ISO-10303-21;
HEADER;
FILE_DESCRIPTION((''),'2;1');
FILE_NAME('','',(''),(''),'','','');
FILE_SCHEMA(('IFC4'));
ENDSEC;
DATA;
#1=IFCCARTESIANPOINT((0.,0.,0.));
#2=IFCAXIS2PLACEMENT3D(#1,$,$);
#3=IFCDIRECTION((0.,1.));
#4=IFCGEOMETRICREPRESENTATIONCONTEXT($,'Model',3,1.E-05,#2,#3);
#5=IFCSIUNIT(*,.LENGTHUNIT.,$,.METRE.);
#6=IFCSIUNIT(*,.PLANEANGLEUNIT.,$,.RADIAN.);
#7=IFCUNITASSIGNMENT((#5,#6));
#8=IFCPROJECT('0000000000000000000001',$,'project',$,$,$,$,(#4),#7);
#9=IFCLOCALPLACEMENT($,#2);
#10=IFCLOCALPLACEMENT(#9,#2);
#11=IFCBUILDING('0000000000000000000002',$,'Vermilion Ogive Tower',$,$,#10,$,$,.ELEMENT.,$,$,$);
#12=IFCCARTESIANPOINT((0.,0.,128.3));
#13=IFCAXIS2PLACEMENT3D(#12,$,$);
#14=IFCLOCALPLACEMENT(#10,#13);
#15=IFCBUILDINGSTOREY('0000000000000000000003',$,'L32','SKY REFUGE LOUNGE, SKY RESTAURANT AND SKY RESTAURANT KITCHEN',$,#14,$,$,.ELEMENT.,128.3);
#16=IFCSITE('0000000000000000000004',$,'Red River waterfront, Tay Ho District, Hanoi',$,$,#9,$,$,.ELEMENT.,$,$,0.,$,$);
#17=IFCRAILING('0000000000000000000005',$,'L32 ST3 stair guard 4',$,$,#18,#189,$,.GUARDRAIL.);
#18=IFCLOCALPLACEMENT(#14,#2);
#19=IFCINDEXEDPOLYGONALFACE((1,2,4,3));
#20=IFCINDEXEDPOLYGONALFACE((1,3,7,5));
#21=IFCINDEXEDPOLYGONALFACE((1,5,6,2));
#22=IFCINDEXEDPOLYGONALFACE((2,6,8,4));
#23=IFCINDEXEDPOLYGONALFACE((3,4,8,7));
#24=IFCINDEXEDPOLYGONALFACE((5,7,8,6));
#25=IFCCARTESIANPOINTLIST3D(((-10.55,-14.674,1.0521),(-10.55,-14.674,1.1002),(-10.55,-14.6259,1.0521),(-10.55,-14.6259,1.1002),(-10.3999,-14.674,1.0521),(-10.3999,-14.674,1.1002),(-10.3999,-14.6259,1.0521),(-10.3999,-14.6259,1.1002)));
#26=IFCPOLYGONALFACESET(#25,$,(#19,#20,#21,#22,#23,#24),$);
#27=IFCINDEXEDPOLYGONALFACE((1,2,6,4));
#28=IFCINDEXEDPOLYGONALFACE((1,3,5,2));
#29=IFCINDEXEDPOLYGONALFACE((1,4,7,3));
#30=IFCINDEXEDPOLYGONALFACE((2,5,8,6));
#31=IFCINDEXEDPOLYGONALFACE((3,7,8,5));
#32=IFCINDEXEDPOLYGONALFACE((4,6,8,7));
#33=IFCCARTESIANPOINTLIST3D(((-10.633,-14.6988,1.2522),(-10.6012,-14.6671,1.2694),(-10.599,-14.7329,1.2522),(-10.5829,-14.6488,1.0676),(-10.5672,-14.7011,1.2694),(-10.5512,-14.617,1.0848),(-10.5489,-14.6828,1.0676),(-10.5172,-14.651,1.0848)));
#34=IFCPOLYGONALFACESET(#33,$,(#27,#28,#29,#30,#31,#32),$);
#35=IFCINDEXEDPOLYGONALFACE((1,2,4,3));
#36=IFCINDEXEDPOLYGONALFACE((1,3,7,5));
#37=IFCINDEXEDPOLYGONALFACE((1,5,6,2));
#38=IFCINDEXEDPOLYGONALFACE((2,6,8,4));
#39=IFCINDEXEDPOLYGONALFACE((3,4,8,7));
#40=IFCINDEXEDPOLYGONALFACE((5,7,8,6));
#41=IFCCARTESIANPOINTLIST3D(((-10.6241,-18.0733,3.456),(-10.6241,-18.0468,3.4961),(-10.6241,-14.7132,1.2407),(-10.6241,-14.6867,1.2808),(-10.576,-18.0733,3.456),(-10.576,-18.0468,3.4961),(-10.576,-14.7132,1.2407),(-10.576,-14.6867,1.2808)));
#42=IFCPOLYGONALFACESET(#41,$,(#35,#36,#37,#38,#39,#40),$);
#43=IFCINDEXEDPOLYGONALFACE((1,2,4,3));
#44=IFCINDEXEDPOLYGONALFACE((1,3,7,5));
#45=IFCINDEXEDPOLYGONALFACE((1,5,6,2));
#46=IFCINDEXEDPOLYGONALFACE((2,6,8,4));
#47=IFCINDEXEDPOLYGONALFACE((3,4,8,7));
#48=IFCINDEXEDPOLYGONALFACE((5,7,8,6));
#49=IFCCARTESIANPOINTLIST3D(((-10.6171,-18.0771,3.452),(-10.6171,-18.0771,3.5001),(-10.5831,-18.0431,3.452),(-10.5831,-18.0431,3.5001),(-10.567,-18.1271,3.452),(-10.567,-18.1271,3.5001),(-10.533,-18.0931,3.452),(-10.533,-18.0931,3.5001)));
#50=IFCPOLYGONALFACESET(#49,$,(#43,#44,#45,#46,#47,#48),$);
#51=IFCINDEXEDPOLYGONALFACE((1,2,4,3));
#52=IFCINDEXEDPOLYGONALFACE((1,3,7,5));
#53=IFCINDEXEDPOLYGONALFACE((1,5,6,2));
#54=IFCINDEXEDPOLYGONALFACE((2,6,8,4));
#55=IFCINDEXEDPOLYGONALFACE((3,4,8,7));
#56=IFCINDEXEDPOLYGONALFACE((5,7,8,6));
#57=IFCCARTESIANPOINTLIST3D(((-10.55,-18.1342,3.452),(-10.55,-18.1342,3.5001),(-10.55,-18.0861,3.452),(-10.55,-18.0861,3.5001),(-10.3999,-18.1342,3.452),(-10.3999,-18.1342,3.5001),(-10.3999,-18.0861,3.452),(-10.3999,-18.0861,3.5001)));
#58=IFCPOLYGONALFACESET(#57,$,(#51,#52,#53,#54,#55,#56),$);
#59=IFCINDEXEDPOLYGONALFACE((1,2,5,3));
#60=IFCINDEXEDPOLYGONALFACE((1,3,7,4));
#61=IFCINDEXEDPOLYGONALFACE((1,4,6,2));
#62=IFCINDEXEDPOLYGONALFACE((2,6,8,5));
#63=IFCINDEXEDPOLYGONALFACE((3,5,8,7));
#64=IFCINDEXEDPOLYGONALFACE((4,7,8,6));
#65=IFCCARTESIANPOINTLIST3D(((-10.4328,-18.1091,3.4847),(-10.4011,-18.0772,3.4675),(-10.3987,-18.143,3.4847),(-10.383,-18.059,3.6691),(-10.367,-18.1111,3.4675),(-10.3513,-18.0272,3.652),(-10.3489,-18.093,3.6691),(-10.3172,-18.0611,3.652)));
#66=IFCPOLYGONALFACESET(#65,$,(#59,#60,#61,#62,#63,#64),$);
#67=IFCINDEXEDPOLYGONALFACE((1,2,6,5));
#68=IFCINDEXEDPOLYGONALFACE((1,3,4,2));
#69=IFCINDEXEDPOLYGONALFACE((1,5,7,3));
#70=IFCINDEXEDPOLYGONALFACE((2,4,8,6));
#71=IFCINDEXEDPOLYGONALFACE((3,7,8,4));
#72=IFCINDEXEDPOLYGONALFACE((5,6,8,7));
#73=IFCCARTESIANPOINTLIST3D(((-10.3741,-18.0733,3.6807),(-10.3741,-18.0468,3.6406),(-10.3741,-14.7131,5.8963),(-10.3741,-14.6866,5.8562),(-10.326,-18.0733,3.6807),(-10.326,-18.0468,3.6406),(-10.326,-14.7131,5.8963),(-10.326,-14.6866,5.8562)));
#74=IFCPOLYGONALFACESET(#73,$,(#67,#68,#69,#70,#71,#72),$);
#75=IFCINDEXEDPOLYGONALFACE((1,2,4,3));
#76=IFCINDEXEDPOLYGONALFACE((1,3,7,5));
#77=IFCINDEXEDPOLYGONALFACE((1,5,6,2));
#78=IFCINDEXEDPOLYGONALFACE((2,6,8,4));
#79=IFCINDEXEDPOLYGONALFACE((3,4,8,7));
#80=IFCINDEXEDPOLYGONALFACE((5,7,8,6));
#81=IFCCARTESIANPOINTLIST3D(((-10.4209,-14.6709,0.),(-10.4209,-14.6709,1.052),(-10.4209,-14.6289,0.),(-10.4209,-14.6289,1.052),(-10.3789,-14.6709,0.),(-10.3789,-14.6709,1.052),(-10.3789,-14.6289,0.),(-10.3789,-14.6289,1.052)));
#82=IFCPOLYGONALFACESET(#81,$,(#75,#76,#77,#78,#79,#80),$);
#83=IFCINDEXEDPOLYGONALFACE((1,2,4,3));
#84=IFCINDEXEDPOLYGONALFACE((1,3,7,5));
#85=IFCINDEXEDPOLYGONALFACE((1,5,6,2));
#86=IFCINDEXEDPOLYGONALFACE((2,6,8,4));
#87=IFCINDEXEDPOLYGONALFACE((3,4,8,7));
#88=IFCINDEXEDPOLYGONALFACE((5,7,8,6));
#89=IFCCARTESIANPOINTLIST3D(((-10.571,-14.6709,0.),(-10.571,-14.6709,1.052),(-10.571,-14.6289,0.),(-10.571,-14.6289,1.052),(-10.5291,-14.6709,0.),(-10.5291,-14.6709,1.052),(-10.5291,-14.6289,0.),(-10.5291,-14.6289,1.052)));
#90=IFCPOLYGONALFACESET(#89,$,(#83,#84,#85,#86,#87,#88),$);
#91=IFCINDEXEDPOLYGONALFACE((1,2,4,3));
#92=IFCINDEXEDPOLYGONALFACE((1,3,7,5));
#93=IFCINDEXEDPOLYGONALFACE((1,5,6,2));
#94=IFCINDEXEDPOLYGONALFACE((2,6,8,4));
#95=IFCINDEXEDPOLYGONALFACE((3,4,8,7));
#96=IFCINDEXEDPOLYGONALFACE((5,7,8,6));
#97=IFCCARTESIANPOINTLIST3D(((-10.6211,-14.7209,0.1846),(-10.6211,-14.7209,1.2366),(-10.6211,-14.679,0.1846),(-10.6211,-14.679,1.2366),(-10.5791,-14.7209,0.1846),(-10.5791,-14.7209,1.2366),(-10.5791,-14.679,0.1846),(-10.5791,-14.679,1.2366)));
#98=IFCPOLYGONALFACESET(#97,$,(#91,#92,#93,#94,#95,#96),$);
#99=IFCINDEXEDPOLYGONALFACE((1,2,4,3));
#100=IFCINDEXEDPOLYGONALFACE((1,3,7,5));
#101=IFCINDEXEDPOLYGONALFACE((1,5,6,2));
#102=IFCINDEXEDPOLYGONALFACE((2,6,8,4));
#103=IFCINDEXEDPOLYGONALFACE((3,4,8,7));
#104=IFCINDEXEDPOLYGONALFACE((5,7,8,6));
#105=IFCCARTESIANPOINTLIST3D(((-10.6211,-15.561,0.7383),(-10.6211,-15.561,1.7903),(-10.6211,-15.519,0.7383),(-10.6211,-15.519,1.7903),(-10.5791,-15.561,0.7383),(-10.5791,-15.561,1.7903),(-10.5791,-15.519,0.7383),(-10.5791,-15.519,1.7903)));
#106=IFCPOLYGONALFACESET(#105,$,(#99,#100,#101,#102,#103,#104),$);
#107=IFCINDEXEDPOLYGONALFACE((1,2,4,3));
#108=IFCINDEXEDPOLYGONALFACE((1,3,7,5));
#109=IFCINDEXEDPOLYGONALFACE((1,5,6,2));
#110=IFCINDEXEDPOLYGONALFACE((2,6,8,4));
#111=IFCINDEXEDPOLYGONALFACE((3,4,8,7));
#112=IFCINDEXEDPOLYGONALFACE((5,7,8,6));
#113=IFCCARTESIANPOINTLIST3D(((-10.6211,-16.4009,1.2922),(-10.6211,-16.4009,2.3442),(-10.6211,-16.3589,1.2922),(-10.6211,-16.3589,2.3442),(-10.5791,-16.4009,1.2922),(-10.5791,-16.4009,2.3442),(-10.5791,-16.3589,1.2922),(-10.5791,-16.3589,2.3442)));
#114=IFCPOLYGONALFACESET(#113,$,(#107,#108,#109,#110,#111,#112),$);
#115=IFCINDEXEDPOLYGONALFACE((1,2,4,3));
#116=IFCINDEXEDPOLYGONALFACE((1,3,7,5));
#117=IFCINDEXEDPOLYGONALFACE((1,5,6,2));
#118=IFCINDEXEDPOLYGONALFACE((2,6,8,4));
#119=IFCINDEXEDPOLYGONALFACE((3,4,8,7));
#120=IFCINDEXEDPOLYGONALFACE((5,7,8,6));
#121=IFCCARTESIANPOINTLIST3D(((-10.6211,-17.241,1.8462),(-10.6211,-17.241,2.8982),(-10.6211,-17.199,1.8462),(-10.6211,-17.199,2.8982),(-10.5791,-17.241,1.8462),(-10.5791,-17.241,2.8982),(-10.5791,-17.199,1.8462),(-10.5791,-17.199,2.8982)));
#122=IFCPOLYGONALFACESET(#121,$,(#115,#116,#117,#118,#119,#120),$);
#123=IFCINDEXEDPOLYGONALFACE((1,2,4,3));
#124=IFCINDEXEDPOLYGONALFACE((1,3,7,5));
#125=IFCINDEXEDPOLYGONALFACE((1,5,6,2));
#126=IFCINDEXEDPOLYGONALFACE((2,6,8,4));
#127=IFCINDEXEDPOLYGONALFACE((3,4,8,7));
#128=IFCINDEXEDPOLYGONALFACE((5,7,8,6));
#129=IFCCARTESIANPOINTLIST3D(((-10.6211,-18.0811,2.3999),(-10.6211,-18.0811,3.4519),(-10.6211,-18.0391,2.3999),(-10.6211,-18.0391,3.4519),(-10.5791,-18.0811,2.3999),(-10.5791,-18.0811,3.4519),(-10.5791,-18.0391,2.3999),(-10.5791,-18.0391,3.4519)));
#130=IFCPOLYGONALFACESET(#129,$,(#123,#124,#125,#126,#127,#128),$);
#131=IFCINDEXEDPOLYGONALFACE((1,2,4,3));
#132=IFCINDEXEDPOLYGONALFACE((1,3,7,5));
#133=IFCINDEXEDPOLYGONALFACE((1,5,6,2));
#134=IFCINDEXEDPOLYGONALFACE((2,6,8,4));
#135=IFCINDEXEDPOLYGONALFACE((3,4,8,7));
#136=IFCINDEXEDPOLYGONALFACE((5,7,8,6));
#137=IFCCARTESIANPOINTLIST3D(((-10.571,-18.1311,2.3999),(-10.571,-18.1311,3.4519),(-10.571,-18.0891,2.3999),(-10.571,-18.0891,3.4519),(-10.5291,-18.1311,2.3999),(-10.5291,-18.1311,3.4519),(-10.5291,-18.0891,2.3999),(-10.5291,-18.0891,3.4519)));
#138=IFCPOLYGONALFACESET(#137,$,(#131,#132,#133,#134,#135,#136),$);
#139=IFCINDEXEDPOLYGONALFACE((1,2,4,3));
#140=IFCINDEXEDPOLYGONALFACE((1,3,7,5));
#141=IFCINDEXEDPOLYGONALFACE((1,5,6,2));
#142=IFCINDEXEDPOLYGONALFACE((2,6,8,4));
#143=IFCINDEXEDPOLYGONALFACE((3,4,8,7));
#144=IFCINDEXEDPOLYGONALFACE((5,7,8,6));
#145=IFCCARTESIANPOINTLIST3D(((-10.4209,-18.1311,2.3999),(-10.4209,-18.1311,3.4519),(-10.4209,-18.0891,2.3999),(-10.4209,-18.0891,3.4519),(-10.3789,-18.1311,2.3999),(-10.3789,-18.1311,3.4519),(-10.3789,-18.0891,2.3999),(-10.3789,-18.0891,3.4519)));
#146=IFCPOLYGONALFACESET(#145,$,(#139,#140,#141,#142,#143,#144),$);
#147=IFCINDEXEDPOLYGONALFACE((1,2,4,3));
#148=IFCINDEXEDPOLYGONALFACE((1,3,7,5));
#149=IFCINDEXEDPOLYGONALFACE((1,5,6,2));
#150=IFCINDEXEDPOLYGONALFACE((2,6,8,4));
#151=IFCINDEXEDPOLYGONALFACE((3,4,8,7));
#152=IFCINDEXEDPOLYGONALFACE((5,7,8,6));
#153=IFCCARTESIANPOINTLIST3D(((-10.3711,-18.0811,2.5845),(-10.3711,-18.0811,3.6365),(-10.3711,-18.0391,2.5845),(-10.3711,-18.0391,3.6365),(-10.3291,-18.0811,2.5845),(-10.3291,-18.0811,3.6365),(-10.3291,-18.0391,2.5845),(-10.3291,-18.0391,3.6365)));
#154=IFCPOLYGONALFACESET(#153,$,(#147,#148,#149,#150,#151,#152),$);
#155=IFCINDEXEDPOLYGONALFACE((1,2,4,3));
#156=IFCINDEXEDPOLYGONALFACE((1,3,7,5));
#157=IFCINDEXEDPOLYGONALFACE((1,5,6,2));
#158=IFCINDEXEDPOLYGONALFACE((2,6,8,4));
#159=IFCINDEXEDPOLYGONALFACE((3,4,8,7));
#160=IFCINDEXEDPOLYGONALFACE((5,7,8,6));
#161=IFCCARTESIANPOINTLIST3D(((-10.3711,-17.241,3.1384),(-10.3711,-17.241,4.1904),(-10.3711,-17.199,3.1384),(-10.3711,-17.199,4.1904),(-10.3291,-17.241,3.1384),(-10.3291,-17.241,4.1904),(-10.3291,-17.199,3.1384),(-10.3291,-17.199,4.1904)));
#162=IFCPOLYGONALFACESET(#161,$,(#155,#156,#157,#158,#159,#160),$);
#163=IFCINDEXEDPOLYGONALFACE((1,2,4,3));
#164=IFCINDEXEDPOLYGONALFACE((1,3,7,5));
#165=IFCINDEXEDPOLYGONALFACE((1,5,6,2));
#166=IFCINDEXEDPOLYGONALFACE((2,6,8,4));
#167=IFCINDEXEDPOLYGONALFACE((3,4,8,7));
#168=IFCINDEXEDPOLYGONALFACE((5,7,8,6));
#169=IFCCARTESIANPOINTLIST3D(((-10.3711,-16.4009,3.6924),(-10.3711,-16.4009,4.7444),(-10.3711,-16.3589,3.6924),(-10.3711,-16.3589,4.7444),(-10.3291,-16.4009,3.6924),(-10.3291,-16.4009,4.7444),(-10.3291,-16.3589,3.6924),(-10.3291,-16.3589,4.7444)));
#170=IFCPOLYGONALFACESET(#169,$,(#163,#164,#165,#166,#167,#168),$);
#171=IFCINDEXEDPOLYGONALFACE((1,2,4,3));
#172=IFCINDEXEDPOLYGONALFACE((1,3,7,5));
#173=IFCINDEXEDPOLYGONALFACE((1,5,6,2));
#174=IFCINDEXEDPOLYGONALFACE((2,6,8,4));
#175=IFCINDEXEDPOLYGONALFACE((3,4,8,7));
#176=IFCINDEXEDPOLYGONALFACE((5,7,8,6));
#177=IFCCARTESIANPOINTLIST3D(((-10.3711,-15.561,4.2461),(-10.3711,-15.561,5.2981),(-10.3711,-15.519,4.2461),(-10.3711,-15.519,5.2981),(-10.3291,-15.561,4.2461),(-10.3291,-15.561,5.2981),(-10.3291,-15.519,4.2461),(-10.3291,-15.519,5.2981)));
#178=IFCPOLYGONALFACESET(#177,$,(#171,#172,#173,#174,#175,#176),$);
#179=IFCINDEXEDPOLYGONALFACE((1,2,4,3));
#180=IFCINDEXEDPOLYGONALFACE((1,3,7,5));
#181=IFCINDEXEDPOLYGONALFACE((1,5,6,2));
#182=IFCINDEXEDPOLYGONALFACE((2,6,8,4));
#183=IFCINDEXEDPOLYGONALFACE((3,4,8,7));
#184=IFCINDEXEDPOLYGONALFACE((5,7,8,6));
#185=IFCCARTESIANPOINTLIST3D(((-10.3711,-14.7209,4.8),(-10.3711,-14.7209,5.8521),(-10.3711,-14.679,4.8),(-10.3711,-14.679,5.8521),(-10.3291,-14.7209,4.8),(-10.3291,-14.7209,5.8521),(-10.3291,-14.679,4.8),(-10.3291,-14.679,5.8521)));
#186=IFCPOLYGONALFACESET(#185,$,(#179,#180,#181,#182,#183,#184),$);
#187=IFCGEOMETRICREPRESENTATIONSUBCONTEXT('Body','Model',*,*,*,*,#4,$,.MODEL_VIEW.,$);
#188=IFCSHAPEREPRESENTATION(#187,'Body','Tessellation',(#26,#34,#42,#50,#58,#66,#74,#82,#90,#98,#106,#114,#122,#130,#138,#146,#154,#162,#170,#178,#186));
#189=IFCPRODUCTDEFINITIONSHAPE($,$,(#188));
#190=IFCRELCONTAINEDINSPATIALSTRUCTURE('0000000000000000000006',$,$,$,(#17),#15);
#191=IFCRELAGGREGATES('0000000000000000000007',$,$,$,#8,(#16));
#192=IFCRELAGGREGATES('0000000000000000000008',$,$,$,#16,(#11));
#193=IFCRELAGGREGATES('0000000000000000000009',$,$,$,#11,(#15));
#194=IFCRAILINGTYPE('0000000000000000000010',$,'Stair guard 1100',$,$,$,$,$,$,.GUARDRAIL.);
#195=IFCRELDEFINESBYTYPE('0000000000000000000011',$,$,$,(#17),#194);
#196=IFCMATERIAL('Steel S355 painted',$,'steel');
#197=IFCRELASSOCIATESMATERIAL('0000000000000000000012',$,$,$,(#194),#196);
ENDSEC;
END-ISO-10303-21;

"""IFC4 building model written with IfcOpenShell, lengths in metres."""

from ifc_helpers import new_model, si_unit, direction, frame, origin, origin_2d, place, context, subcontext, project, spatial, rectangle, extrude, material, type_object, element, save


model = new_model("IFC4")

# Units and contexts
model_context = context("Model", 3, precision=1e-05, world=origin(), true_north=direction((0.0, 1.0)))
body_context = subcontext(model_context, "Body", "Model", "MODEL_VIEW")
ifc_project = project(units=[si_unit("LENGTHUNIT", "METRE"), si_unit("PLANEANGLEUNIT", "RADIAN")], contexts=[model_context])

# Site, building, storey
site_placement = place(None, origin())
site = spatial("IfcSite", under=ifc_project, at=site_placement, Name="Red River waterfront, Tay Ho District, Hanoi", CompositionType="ELEMENT", RefElevation=0.0)
building_placement = place(site_placement, origin())
building = spatial("IfcBuilding", under=site, at=building_placement, Name="Vermilion Ogive Tower", CompositionType="ELEMENT")
storey_placement = place(building_placement, frame((0.0, 0.0, 128.3)))
storey = spatial("IfcBuildingStorey", under=building, at=storey_placement, Name="L32", Description="SKY REFUGE LOUNGE, SKY RESTAURANT AND SKY RESTAURANT KITCHEN", CompositionType="ELEMENT", Elevation=128.3)

# Railing
ifc_material_1 = material(Name="Steel S355 painted", Category="steel")
railing_type = type_object("IfcRailingType", Name="Stair guard 1100", PredefinedType="GUARDRAIL", material=ifc_material_1)
railing_placement = place(storey_placement, frame((-10.3999, -14.6499, 0.0)))
element("IfcRailing", 1, at=railing_placement, inside=storey, type_object=railing_type, Name="L32 ST3 stair guard 4", PredefinedType="GUARDRAIL", context=body_context, shape_type="SweptSolid", body=[
    extrude(rectangle(XDim=0.0481, YDim=0.0481, at=origin_2d()), frame((0.0, 0.0, 1.0762), z_axis=(-1.0, 0.0, 0.0), x_axis=(0.0, -1.0, 0.0)), (0.0, 0.0, 1.0), 0.1501),
    extrude(rectangle(XDim=0.0481, YDim=0.0481, at=origin_2d()), frame((-0.1501, 0.0, 1.0762), z_axis=(-0.253186, -0.253186, 0.933699), x_axis=(0.707107, -0.707107, 0.0)), (0.0, 0.0, 1.0), 0.1978),
    extrude(rectangle(XDim=0.0481, YDim=0.0481, at=origin_2d()), frame((-0.2002, -0.05, 1.2607), z_axis=(0.0, -0.834876, 0.550437), x_axis=(1.0, 0.0, 0.0)), (0.0, 0.0, 1.0), 4.0247),
    extrude(rectangle(XDim=0.0481, YDim=0.0481, at=origin_2d()), frame((-0.2002, -3.4102, 3.4761), z_axis=(0.707107, -0.707107, 0.0), x_axis=(0.707107, 0.707107, 0.0)), (0.0, 0.0, 1.0), 0.0708),
    extrude(rectangle(XDim=0.0481, YDim=0.0481, at=origin_2d()), frame((-0.1501, -3.4602, 3.4761), z_axis=(1.0, 0.0, 0.0), x_axis=(0.0, 1.0, 0.0)), (0.0, 0.0, 1.0), 0.1501),
    extrude(rectangle(XDim=0.0481, YDim=0.0481, at=origin_2d()), frame((0.0, -3.4602, 3.4761), z_axis=(0.252029, 0.253265, 0.933991), x_axis=(-0.708834, 0.705376, 0.0)), (0.0, 0.0, 1.0), 0.1975),
    extrude(rectangle(XDim=0.0481, YDim=0.0481, at=origin_2d()), frame((0.0498, -3.4102, 3.6606), z_axis=(0.0, 0.834849, 0.55048), x_axis=(-1.0, 0.0, 0.0)), (0.0, 0.0, 1.0), 4.0249),
    extrude(rectangle(XDim=0.042, YDim=0.042, at=origin_2d()), origin(), (0.0, 0.0, 1.0), 1.052),
    extrude(rectangle(XDim=0.042, YDim=0.042, at=origin_2d()), frame((-0.1501, 0.0, 0.0)), (0.0, 0.0, 1.0), 1.052),
    extrude(rectangle(XDim=0.042, YDim=0.042, at=origin_2d()), frame((-0.2002, -0.05, 0.1846)), (0.0, 0.0, 1.0), 1.052),
    extrude(rectangle(XDim=0.042, YDim=0.042, at=origin_2d()), frame((-0.2002, -0.8901, 0.7383)), (0.0, 0.0, 1.0), 1.052),
    extrude(rectangle(XDim=0.042, YDim=0.042, at=origin_2d()), frame((-0.2002, -1.73, 1.2922)), (0.0, 0.0, 1.0), 1.052),
    extrude(rectangle(XDim=0.042, YDim=0.042, at=origin_2d()), frame((-0.2002, -2.5701, 1.8462)), (0.0, 0.0, 1.0), 1.052),
    extrude(rectangle(XDim=0.042, YDim=0.042, at=origin_2d()), frame((-0.2002, -3.4102, 2.3999)), (0.0, 0.0, 1.0), 1.052),
    extrude(rectangle(XDim=0.042, YDim=0.042, at=origin_2d()), frame((-0.1501, -3.4602, 2.3999)), (0.0, 0.0, 1.0), 1.052),
    extrude(rectangle(XDim=0.042, YDim=0.042, at=origin_2d()), frame((0.0, -3.4602, 2.3999)), (0.0, 0.0, 1.0), 1.052),
    extrude(rectangle(XDim=0.042, YDim=0.042, at=origin_2d()), frame((0.0498, -3.4102, 2.5845)), (0.0, 0.0, 1.0), 1.052),
    extrude(rectangle(XDim=0.042, YDim=0.042, at=origin_2d()), frame((0.0498, -2.5701, 3.1384)), (0.0, 0.0, 1.0), 1.052),
    extrude(rectangle(XDim=0.042, YDim=0.042, at=origin_2d()), frame((0.0498, -1.73, 3.6924)), (0.0, 0.0, 1.0), 1.052),
    extrude(rectangle(XDim=0.042, YDim=0.042, at=origin_2d()), frame((0.0498, -0.8901, 4.2461)), (0.0, 0.0, 1.0), 1.052),
    extrude(rectangle(XDim=0.042, YDim=0.042, at=origin_2d()), frame((0.0498, -0.05, 4.8)), (0.0, 0.0, 1.0), 1.052),
])

save(model, "model.ifc")
